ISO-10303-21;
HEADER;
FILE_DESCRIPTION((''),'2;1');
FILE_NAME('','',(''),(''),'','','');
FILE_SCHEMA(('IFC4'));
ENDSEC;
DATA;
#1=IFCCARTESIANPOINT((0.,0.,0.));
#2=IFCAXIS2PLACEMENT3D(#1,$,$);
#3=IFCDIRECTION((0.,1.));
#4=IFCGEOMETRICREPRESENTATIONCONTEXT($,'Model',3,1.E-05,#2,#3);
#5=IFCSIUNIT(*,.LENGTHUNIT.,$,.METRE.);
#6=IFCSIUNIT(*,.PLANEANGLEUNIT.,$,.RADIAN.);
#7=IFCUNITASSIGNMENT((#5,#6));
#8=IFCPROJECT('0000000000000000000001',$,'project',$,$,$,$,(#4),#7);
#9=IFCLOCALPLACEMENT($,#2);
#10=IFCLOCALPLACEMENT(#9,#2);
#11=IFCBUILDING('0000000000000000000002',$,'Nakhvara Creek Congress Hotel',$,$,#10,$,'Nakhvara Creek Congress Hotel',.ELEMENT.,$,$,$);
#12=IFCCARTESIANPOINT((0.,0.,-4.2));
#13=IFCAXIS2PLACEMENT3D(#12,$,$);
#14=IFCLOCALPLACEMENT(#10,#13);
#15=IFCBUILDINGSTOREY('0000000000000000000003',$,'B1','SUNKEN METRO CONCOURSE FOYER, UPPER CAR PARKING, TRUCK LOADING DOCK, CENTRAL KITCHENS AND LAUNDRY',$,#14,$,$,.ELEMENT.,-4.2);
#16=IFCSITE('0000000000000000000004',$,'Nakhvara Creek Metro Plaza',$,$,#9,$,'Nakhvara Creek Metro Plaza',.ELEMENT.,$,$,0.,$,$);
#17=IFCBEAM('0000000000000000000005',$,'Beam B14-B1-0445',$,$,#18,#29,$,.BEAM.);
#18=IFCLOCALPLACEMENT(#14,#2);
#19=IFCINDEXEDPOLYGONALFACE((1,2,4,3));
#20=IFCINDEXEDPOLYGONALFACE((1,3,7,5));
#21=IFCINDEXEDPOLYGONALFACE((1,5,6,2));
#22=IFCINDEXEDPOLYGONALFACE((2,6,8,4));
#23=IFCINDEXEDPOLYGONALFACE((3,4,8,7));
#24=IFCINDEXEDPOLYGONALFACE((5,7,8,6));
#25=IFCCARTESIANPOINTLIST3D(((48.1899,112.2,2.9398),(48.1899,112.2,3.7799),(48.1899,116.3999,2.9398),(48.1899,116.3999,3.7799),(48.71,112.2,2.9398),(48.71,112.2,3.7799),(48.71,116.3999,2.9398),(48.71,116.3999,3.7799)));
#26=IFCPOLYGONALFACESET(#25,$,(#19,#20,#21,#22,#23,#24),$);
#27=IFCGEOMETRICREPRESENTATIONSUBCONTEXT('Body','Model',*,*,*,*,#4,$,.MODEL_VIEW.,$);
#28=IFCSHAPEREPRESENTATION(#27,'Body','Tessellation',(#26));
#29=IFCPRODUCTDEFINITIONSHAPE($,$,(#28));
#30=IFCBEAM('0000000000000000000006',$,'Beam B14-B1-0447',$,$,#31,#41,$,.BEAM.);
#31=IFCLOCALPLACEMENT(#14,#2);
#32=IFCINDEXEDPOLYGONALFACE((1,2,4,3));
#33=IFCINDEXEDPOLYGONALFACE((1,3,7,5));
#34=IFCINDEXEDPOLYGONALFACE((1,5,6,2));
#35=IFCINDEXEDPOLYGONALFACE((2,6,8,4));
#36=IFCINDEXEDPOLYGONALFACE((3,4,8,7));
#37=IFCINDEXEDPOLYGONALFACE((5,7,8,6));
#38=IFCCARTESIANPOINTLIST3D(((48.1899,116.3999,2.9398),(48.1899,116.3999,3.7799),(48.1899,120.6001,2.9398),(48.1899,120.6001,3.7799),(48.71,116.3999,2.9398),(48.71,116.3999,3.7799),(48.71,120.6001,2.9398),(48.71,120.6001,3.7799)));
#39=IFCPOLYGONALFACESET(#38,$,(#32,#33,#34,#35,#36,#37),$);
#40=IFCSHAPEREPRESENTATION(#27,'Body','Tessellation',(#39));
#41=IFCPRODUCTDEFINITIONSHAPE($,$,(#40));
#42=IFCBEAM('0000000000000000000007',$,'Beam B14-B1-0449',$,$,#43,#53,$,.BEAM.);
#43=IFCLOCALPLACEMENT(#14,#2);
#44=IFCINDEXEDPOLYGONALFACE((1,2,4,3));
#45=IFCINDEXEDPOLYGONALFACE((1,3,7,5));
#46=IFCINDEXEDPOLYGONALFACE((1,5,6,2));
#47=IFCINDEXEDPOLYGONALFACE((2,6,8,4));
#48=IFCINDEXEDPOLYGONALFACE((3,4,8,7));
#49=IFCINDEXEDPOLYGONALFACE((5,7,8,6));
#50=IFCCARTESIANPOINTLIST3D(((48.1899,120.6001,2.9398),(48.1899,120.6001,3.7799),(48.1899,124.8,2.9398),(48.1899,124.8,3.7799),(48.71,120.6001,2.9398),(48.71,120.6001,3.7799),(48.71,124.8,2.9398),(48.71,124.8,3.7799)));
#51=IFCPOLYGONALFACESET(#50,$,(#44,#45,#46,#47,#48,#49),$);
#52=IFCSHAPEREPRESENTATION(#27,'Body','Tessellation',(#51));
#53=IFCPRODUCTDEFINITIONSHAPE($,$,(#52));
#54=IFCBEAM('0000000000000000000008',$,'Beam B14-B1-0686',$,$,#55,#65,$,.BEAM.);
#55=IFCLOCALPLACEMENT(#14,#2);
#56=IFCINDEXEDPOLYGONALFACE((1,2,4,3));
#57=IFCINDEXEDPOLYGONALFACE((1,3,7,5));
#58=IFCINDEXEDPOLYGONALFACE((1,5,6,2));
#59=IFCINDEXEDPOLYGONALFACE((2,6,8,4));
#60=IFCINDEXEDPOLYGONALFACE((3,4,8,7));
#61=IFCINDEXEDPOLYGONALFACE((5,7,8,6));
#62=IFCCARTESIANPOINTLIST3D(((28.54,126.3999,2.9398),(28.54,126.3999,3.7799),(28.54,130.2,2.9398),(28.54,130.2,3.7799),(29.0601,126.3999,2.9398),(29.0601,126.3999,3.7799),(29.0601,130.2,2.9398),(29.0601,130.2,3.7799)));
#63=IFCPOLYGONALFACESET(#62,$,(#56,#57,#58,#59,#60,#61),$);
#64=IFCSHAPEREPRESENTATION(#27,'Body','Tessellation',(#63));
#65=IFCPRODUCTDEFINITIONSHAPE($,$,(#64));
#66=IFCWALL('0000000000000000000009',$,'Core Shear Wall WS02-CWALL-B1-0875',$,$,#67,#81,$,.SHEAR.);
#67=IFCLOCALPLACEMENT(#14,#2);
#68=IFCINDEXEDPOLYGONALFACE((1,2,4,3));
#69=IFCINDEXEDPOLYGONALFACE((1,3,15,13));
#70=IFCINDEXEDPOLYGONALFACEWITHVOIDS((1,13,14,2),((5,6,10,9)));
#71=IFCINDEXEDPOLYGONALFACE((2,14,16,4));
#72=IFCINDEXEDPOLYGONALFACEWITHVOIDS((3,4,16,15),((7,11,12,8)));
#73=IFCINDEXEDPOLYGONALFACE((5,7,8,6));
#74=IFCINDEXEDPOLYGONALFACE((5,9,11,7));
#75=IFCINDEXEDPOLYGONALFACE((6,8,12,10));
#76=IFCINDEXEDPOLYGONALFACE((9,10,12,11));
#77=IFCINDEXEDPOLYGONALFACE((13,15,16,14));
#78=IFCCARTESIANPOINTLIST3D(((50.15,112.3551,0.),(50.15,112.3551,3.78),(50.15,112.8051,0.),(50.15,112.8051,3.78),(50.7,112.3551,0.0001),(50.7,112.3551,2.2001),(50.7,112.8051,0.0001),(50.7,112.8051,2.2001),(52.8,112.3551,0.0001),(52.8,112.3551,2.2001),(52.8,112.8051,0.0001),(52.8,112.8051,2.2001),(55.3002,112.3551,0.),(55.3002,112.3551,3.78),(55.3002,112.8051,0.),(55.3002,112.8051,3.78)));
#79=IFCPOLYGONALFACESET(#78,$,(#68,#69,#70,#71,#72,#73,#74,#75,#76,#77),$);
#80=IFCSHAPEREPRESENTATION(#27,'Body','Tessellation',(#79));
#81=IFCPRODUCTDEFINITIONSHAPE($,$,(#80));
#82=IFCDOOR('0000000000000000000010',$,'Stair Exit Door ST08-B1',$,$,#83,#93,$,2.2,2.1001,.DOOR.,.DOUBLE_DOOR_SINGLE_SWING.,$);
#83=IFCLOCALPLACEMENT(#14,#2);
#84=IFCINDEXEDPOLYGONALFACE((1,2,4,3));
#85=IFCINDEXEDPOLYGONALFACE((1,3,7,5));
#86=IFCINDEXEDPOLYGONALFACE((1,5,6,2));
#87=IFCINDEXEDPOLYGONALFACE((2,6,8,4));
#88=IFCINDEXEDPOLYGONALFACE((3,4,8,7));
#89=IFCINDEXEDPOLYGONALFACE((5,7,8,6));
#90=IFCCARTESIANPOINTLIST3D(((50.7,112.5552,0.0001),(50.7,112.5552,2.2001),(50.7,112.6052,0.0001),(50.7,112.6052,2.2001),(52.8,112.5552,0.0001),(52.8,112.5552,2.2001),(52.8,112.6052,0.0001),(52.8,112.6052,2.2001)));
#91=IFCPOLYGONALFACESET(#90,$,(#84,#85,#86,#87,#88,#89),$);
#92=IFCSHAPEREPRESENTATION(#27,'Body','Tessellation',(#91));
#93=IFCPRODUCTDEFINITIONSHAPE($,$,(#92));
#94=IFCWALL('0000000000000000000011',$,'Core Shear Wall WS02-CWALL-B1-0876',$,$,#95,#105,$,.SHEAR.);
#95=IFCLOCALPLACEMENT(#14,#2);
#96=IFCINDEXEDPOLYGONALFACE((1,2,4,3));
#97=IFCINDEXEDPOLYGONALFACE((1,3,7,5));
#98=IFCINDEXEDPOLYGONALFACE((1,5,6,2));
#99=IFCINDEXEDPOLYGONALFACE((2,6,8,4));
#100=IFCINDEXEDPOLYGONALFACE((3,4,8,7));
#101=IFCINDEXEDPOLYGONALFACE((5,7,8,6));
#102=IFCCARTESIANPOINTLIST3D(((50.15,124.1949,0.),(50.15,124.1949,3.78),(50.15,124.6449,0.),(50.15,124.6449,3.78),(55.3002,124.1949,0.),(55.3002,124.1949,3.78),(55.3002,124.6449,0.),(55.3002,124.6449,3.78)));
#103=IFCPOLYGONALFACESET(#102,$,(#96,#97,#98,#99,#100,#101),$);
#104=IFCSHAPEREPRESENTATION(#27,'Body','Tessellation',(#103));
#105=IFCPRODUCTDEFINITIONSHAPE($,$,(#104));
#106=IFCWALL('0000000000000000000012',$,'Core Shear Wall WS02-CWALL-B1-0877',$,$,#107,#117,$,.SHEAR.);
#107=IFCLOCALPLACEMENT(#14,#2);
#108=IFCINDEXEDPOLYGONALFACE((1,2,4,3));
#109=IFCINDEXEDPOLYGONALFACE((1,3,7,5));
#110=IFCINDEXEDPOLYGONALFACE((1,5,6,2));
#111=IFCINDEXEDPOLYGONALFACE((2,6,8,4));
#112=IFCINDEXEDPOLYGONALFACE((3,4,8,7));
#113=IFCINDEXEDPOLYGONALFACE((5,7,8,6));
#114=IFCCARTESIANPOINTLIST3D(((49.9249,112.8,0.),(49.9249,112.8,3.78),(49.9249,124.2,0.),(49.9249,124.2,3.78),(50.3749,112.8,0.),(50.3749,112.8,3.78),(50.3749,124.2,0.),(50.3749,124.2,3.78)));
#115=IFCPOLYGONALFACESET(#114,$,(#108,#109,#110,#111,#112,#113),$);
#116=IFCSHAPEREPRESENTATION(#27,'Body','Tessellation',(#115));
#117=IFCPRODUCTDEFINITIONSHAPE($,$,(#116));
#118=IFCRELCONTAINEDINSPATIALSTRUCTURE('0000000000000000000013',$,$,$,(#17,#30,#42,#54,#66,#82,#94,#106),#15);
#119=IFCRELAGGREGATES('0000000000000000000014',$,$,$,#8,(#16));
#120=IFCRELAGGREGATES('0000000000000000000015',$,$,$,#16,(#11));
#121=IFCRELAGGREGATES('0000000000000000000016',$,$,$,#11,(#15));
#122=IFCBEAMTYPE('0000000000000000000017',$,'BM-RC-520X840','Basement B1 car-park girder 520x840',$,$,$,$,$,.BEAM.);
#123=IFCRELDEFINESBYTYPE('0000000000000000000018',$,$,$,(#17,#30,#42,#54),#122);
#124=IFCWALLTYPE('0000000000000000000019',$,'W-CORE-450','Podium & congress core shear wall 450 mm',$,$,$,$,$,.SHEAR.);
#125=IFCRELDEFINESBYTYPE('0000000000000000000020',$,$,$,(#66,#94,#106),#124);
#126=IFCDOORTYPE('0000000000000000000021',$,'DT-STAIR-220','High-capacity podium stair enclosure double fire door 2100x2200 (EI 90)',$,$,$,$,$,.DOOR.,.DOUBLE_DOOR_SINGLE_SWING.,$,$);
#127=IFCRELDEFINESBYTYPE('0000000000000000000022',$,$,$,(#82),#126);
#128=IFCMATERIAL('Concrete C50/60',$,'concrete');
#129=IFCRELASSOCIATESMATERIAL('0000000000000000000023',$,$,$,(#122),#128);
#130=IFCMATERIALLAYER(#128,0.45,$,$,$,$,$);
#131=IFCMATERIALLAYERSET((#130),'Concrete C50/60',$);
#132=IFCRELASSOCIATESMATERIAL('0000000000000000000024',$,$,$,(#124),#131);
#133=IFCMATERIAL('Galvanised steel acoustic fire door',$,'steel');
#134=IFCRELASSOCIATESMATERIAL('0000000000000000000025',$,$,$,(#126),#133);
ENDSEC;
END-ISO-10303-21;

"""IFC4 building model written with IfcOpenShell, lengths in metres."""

from ifc_helpers import new_model, si_unit, direction, frame, frame_2d, origin, origin_2d, place, context, subcontext, project, spatial, rectangle, extrude, material, layer, layer_set, material_profile, profile_set, type_object, element, fill, save


model = new_model("IFC4")

# Units and contexts
model_context = context("Model", 3, precision=1e-05, world=origin(), true_north=direction((0.0, 1.0)))
body_context = subcontext(model_context, "Body", "Model", "MODEL_VIEW")
ifc_project = project(units=[si_unit("LENGTHUNIT", "METRE"), si_unit("PLANEANGLEUNIT", "RADIAN")], contexts=[model_context])

# Site, building, storey
site_placement = place(None, origin())
site = spatial("IfcSite", under=ifc_project, at=site_placement, Name="Nakhvara Creek Metro Plaza", LongName="Nakhvara Creek Metro Plaza", CompositionType="ELEMENT", RefElevation=0.0)
building_placement = place(site_placement, origin())
building = spatial("IfcBuilding", under=site, at=building_placement, Name="Nakhvara Creek Congress Hotel", LongName="Nakhvara Creek Congress Hotel", CompositionType="ELEMENT")
storey_placement = place(building_placement, frame((0.0, 0.0, -4.2)))
storey = spatial("IfcBuildingStorey", under=building, at=storey_placement, Name="B1", Description="SUNKEN METRO CONCOURSE FOYER, UPPER CAR PARKING, TRUCK LOADING DOCK, CENTRAL KITCHENS AND LAUNDRY", CompositionType="ELEMENT", Elevation=-4.2)

# Shared definitions
ifc_material_1 = material(Name="Concrete C50/60", Category="concrete")

# Beams
ifc_material_profile_1 = material_profile(ifc_material_1, rectangle(XDim=0.52, YDim=0.8401, at=origin_2d()), Name="RC-BM 520x840", Category="LoadBearing")
ifc_profile_set_1 = profile_set([ifc_material_profile_1], Name="Concrete C50/60")
beam_type = type_object("IfcBeamType", Name="BM-RC-520X840", Description="Basement B1 car-park girder 520x840", PredefinedType="BEAM", material=ifc_profile_set_1)
for number, where, z_axis, x_axis, name in (
    (1, (48.45, 112.2, 3.3599), (0.0, 1.0, 0.0), (-1.0, 0.0, 0.0), "Beam B14-B1-0445"),
):
    element("IfcBeam", number, at=place(storey_placement, frame(where, z_axis=z_axis, x_axis=x_axis)), inside=storey, type_object=beam_type, Name=name, PredefinedType="BEAM", context=body_context, shape_type="SweptSolid", body=[
        extrude(rectangle(XDim=0.52, YDim=0.8401, at=origin_2d()), origin(), (0.0, 0.0, 1.0), 4.2),
    ])
beam_1_placement = place(storey_placement, frame((48.45, 116.3999, 3.3599), z_axis=(0.0, 1.0, 0.0), x_axis=(-1.0, 0.0, 0.0)))
element("IfcBeam", 2, at=beam_1_placement, inside=storey, type_object=beam_type, Name="Beam B14-B1-0447", PredefinedType="BEAM", context=body_context, shape_type="SweptSolid", body=[
    extrude(rectangle(XDim=0.52, YDim=0.8401, at=origin_2d()), origin(), (0.0, 0.0, 1.0), 4.2002),
])
beam_2_placement = place(storey_placement, frame((48.45, 120.6001, 3.3599), z_axis=(0.0, 1.0, 0.0), x_axis=(-1.0, 0.0, 0.0)))
element("IfcBeam", 3, at=beam_2_placement, inside=storey, type_object=beam_type, Name="Beam B14-B1-0449", PredefinedType="BEAM", context=body_context, shape_type="SweptSolid", body=[
    extrude(rectangle(XDim=0.52, YDim=0.8401, at=origin_2d()), origin(), (0.0, 0.0, 1.0), 4.2),
])
beam_3_placement = place(storey_placement, frame((28.8, 126.3999, 3.3599), z_axis=(0.0, 1.0, 0.0), x_axis=(-1.0, 0.0, 0.0)))
element("IfcBeam", 4, at=beam_3_placement, inside=storey, type_object=beam_type, Name="Beam B14-B1-0686", PredefinedType="BEAM", context=body_context, shape_type="SweptSolid", body=[
    extrude(rectangle(XDim=0.52, YDim=0.8401, at=origin_2d()), origin(), (0.0, 0.0, 1.0), 3.8),
])

# Wall, opening, door
ifc_layer_1 = layer(ifc_material_1, 0.45)
ifc_layer_set_1 = layer_set([ifc_layer_1], Name="Concrete C50/60")
wall_type_1 = type_object("IfcWallType", Name="W-CORE-450", Description="Podium & congress core shear wall 450 mm", PredefinedType="SHEAR", material=ifc_layer_set_1)
wall_1_placement = place(storey_placement, frame((50.1499, 112.5801, 0.0), z_axis=(0.0, 0.0, 1.0), x_axis=(1.0, 0.0, 0.0)))
wall_1 = element("IfcWall", 5, at=wall_1_placement, inside=storey, type_object=wall_type_1, Name="Core Shear Wall WS02-CWALL-B1-0875", PredefinedType="SHEAR", context=body_context, shape_type="SweptSolid", body=[
    extrude(rectangle(XDim=5.1501, YDim=0.45, at=frame_2d((2.5752, 0.0))), origin(), (0.0, 0.0, 1.0), 3.78),
])
opening_1_placement = place(wall_1_placement, frame((0.55, 0.0, 0.0)))
opening_1 = element("IfcOpeningElement", 6, at=opening_1_placement, cuts=wall_1, PredefinedType="OPENING", context=body_context, shape_type="SweptSolid", body=[
    extrude(rectangle(XDim=2.1001, YDim=2.2, at=frame_2d((1.05, 1.1001))), frame((0.0, 0.2368, 0.0), z_axis=(0.0, -1.0, 0.0), x_axis=(1.0, 0.0, 0.0)), (0.0, 0.0, 1.0), 0.4739),
])
ifc_material_2 = material(Name="Galvanised steel acoustic fire door", Category="steel")
door_type_1 = type_object("IfcDoorType", Name="DT-STAIR-220", Description="High-capacity podium stair enclosure double fire door 2100x2200 (EI 90)", OperationType="DOUBLE_DOOR_SINGLE_SWING", PredefinedType="DOOR", material=ifc_material_2)
door_1_placement = place(opening_1_placement, frame((2.1001, 0.0, 0.0), z_axis=(0.0, 0.0, 1.0), x_axis=(-1.0, 0.0, 0.0)))
door_1 = element("IfcDoor", 7, at=door_1_placement, inside=storey, type_object=door_type_1, Name="Stair Exit Door ST08-B1", OperationType="DOUBLE_DOOR_SINGLE_SWING", OverallHeight=2.2, OverallWidth=2.1001, PredefinedType="DOOR", context=body_context, shape_type="SweptSolid", body=[
    extrude(rectangle(XDim=2.1001, YDim=2.2, at=frame_2d((1.05, 1.1001))), frame((0.0, 0.0249, 0.0), z_axis=(0.0, -1.0, 0.0), x_axis=(1.0, 0.0, 0.0)), (0.0, 0.0, 1.0), 0.05),
])
fill(opening_1, door_1)

# Walls
wall_2_placement = place(storey_placement, frame((50.1499, 124.4199, 0.0), z_axis=(0.0, 0.0, 1.0), x_axis=(1.0, 0.0, 0.0)))
element("IfcWall", 8, at=wall_2_placement, inside=storey, type_object=wall_type_1, Name="Core Shear Wall WS02-CWALL-B1-0876", PredefinedType="SHEAR", context=body_context, shape_type="SweptSolid", body=[
    extrude(rectangle(XDim=5.1501, YDim=0.45, at=frame_2d((2.5752, 0.0))), origin(), (0.0, 0.0, 1.0), 3.78),
])
wall_3_placement = place(storey_placement, frame((50.1499, 112.8, 0.0), z_axis=(0.0, 0.0, 1.0), x_axis=(0.0, 1.0, 0.0)))
element("IfcWall", 9, at=wall_3_placement, inside=storey, type_object=wall_type_1, Name="Core Shear Wall WS02-CWALL-B1-0877", PredefinedType="SHEAR", context=body_context, shape_type="SweptSolid", body=[
    extrude(rectangle(XDim=11.3999, YDim=0.45, at=frame_2d((5.7, 0.0))), origin(), (0.0, 0.0, 1.0), 3.78),
])

save(model, "model.ifc")
